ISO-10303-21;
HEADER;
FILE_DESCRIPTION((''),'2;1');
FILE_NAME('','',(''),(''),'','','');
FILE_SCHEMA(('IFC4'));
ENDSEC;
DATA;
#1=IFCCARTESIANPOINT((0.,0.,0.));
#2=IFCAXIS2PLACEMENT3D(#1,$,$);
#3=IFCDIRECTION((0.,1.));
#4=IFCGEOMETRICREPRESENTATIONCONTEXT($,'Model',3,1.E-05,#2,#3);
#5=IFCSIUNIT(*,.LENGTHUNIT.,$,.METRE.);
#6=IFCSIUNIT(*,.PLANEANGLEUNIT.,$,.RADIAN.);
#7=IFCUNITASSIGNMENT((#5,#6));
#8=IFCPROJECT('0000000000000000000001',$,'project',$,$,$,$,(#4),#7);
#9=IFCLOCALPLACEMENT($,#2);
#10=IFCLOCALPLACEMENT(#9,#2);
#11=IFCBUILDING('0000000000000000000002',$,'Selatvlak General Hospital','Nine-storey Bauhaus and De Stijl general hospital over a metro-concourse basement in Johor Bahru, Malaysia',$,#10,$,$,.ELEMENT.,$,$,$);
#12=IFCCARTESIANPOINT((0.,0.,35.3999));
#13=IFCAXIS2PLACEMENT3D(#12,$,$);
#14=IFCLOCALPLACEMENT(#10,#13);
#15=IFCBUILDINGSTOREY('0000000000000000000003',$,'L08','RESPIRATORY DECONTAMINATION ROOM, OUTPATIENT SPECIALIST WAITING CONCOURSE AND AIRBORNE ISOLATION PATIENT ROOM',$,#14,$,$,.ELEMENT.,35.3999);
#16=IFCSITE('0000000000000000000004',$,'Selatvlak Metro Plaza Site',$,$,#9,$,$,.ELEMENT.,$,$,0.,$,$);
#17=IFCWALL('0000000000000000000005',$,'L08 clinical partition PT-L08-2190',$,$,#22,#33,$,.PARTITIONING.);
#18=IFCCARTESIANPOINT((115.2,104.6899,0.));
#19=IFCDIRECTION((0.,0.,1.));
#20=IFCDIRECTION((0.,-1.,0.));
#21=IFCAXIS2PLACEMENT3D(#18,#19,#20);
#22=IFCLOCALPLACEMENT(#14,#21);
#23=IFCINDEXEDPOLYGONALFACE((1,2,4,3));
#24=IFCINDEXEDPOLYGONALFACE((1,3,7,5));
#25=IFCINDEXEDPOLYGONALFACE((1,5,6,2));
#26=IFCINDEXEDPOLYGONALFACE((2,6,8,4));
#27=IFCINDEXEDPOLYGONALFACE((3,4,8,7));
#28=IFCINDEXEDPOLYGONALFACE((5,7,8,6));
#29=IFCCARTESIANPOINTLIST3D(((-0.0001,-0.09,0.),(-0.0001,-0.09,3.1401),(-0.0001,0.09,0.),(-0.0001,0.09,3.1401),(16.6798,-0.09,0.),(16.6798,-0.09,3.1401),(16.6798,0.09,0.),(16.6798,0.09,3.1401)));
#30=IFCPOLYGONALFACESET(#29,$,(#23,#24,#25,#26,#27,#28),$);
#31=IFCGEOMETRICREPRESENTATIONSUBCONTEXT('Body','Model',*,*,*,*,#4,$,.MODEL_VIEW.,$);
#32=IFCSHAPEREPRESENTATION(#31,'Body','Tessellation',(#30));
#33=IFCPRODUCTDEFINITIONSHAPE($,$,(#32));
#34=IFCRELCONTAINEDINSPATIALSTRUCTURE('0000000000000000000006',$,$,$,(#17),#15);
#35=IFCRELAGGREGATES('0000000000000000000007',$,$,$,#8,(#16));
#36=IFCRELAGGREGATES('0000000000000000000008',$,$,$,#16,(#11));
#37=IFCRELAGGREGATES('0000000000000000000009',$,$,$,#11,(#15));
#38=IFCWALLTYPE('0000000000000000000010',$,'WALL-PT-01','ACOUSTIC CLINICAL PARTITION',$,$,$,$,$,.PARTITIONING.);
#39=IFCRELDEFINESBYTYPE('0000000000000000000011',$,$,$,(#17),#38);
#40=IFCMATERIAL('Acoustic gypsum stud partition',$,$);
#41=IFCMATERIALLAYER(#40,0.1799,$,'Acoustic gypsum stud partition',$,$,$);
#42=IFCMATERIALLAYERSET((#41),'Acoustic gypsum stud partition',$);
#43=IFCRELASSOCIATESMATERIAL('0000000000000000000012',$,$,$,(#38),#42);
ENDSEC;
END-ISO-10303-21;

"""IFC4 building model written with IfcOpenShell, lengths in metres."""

from ifc_helpers import new_model, si_unit, direction, frame, frame_2d, origin, place, context, subcontext, project, spatial, rectangle, extrude, material, layer, layer_set, type_object, element, save


model = new_model("IFC4")

# Units and contexts
model_context = context("Model", 3, precision=1e-05, world=origin(), true_north=direction((0.0, 1.0)))
body_context = subcontext(model_context, "Body", "Model", "MODEL_VIEW")
ifc_project = project(units=[si_unit("LENGTHUNIT", "METRE"), si_unit("PLANEANGLEUNIT", "RADIAN")], contexts=[model_context])

# Site, building, storey
site_placement = place(None, origin())
site = spatial("IfcSite", under=ifc_project, at=site_placement, Name="Selatvlak Metro Plaza Site", CompositionType="ELEMENT", RefElevation=0.0)
building_placement = place(site_placement, origin())
building = spatial("IfcBuilding", under=site, at=building_placement, Name="Selatvlak General Hospital", Description="Nine-storey Bauhaus and De Stijl general hospital over a metro-concourse basement in Johor Bahru, Malaysia", CompositionType="ELEMENT")
storey_placement = place(building_placement, frame((0.0, 0.0, 35.3999)))
storey = spatial("IfcBuildingStorey", under=building, at=storey_placement, Name="L08", Description="RESPIRATORY DECONTAMINATION ROOM, OUTPATIENT SPECIALIST WAITING CONCOURSE AND AIRBORNE ISOLATION PATIENT ROOM", CompositionType="ELEMENT", Elevation=35.3999)

# Wall
ifc_material_1 = material(Name="Acoustic gypsum stud partition")
ifc_layer_1 = layer(ifc_material_1, 0.1799, Name="Acoustic gypsum stud partition")
ifc_layer_set_1 = layer_set([ifc_layer_1], Name="Acoustic gypsum stud partition")
wall_type_1 = type_object("IfcWallType", Name="WALL-PT-01", Description="ACOUSTIC CLINICAL PARTITION", PredefinedType="PARTITIONING", material=ifc_layer_set_1)
wall_1_placement = place(storey_placement, frame((115.2, 104.6899, 0.0), z_axis=(0.0, 0.0, 1.0), x_axis=(0.0, -1.0, 0.0)))
element("IfcWall", 1, at=wall_1_placement, inside=storey, type_object=wall_type_1, Name="L08 clinical partition PT-L08-2190", PredefinedType="PARTITIONING", context=body_context, shape_type="SweptSolid", body=[
    extrude(rectangle(XDim=16.6799, YDim=0.1799, at=frame_2d((8.3398, 0.0))), origin(), (0.0, 0.0, 1.0), 3.1401),
])

save(model, "model.ifc")
